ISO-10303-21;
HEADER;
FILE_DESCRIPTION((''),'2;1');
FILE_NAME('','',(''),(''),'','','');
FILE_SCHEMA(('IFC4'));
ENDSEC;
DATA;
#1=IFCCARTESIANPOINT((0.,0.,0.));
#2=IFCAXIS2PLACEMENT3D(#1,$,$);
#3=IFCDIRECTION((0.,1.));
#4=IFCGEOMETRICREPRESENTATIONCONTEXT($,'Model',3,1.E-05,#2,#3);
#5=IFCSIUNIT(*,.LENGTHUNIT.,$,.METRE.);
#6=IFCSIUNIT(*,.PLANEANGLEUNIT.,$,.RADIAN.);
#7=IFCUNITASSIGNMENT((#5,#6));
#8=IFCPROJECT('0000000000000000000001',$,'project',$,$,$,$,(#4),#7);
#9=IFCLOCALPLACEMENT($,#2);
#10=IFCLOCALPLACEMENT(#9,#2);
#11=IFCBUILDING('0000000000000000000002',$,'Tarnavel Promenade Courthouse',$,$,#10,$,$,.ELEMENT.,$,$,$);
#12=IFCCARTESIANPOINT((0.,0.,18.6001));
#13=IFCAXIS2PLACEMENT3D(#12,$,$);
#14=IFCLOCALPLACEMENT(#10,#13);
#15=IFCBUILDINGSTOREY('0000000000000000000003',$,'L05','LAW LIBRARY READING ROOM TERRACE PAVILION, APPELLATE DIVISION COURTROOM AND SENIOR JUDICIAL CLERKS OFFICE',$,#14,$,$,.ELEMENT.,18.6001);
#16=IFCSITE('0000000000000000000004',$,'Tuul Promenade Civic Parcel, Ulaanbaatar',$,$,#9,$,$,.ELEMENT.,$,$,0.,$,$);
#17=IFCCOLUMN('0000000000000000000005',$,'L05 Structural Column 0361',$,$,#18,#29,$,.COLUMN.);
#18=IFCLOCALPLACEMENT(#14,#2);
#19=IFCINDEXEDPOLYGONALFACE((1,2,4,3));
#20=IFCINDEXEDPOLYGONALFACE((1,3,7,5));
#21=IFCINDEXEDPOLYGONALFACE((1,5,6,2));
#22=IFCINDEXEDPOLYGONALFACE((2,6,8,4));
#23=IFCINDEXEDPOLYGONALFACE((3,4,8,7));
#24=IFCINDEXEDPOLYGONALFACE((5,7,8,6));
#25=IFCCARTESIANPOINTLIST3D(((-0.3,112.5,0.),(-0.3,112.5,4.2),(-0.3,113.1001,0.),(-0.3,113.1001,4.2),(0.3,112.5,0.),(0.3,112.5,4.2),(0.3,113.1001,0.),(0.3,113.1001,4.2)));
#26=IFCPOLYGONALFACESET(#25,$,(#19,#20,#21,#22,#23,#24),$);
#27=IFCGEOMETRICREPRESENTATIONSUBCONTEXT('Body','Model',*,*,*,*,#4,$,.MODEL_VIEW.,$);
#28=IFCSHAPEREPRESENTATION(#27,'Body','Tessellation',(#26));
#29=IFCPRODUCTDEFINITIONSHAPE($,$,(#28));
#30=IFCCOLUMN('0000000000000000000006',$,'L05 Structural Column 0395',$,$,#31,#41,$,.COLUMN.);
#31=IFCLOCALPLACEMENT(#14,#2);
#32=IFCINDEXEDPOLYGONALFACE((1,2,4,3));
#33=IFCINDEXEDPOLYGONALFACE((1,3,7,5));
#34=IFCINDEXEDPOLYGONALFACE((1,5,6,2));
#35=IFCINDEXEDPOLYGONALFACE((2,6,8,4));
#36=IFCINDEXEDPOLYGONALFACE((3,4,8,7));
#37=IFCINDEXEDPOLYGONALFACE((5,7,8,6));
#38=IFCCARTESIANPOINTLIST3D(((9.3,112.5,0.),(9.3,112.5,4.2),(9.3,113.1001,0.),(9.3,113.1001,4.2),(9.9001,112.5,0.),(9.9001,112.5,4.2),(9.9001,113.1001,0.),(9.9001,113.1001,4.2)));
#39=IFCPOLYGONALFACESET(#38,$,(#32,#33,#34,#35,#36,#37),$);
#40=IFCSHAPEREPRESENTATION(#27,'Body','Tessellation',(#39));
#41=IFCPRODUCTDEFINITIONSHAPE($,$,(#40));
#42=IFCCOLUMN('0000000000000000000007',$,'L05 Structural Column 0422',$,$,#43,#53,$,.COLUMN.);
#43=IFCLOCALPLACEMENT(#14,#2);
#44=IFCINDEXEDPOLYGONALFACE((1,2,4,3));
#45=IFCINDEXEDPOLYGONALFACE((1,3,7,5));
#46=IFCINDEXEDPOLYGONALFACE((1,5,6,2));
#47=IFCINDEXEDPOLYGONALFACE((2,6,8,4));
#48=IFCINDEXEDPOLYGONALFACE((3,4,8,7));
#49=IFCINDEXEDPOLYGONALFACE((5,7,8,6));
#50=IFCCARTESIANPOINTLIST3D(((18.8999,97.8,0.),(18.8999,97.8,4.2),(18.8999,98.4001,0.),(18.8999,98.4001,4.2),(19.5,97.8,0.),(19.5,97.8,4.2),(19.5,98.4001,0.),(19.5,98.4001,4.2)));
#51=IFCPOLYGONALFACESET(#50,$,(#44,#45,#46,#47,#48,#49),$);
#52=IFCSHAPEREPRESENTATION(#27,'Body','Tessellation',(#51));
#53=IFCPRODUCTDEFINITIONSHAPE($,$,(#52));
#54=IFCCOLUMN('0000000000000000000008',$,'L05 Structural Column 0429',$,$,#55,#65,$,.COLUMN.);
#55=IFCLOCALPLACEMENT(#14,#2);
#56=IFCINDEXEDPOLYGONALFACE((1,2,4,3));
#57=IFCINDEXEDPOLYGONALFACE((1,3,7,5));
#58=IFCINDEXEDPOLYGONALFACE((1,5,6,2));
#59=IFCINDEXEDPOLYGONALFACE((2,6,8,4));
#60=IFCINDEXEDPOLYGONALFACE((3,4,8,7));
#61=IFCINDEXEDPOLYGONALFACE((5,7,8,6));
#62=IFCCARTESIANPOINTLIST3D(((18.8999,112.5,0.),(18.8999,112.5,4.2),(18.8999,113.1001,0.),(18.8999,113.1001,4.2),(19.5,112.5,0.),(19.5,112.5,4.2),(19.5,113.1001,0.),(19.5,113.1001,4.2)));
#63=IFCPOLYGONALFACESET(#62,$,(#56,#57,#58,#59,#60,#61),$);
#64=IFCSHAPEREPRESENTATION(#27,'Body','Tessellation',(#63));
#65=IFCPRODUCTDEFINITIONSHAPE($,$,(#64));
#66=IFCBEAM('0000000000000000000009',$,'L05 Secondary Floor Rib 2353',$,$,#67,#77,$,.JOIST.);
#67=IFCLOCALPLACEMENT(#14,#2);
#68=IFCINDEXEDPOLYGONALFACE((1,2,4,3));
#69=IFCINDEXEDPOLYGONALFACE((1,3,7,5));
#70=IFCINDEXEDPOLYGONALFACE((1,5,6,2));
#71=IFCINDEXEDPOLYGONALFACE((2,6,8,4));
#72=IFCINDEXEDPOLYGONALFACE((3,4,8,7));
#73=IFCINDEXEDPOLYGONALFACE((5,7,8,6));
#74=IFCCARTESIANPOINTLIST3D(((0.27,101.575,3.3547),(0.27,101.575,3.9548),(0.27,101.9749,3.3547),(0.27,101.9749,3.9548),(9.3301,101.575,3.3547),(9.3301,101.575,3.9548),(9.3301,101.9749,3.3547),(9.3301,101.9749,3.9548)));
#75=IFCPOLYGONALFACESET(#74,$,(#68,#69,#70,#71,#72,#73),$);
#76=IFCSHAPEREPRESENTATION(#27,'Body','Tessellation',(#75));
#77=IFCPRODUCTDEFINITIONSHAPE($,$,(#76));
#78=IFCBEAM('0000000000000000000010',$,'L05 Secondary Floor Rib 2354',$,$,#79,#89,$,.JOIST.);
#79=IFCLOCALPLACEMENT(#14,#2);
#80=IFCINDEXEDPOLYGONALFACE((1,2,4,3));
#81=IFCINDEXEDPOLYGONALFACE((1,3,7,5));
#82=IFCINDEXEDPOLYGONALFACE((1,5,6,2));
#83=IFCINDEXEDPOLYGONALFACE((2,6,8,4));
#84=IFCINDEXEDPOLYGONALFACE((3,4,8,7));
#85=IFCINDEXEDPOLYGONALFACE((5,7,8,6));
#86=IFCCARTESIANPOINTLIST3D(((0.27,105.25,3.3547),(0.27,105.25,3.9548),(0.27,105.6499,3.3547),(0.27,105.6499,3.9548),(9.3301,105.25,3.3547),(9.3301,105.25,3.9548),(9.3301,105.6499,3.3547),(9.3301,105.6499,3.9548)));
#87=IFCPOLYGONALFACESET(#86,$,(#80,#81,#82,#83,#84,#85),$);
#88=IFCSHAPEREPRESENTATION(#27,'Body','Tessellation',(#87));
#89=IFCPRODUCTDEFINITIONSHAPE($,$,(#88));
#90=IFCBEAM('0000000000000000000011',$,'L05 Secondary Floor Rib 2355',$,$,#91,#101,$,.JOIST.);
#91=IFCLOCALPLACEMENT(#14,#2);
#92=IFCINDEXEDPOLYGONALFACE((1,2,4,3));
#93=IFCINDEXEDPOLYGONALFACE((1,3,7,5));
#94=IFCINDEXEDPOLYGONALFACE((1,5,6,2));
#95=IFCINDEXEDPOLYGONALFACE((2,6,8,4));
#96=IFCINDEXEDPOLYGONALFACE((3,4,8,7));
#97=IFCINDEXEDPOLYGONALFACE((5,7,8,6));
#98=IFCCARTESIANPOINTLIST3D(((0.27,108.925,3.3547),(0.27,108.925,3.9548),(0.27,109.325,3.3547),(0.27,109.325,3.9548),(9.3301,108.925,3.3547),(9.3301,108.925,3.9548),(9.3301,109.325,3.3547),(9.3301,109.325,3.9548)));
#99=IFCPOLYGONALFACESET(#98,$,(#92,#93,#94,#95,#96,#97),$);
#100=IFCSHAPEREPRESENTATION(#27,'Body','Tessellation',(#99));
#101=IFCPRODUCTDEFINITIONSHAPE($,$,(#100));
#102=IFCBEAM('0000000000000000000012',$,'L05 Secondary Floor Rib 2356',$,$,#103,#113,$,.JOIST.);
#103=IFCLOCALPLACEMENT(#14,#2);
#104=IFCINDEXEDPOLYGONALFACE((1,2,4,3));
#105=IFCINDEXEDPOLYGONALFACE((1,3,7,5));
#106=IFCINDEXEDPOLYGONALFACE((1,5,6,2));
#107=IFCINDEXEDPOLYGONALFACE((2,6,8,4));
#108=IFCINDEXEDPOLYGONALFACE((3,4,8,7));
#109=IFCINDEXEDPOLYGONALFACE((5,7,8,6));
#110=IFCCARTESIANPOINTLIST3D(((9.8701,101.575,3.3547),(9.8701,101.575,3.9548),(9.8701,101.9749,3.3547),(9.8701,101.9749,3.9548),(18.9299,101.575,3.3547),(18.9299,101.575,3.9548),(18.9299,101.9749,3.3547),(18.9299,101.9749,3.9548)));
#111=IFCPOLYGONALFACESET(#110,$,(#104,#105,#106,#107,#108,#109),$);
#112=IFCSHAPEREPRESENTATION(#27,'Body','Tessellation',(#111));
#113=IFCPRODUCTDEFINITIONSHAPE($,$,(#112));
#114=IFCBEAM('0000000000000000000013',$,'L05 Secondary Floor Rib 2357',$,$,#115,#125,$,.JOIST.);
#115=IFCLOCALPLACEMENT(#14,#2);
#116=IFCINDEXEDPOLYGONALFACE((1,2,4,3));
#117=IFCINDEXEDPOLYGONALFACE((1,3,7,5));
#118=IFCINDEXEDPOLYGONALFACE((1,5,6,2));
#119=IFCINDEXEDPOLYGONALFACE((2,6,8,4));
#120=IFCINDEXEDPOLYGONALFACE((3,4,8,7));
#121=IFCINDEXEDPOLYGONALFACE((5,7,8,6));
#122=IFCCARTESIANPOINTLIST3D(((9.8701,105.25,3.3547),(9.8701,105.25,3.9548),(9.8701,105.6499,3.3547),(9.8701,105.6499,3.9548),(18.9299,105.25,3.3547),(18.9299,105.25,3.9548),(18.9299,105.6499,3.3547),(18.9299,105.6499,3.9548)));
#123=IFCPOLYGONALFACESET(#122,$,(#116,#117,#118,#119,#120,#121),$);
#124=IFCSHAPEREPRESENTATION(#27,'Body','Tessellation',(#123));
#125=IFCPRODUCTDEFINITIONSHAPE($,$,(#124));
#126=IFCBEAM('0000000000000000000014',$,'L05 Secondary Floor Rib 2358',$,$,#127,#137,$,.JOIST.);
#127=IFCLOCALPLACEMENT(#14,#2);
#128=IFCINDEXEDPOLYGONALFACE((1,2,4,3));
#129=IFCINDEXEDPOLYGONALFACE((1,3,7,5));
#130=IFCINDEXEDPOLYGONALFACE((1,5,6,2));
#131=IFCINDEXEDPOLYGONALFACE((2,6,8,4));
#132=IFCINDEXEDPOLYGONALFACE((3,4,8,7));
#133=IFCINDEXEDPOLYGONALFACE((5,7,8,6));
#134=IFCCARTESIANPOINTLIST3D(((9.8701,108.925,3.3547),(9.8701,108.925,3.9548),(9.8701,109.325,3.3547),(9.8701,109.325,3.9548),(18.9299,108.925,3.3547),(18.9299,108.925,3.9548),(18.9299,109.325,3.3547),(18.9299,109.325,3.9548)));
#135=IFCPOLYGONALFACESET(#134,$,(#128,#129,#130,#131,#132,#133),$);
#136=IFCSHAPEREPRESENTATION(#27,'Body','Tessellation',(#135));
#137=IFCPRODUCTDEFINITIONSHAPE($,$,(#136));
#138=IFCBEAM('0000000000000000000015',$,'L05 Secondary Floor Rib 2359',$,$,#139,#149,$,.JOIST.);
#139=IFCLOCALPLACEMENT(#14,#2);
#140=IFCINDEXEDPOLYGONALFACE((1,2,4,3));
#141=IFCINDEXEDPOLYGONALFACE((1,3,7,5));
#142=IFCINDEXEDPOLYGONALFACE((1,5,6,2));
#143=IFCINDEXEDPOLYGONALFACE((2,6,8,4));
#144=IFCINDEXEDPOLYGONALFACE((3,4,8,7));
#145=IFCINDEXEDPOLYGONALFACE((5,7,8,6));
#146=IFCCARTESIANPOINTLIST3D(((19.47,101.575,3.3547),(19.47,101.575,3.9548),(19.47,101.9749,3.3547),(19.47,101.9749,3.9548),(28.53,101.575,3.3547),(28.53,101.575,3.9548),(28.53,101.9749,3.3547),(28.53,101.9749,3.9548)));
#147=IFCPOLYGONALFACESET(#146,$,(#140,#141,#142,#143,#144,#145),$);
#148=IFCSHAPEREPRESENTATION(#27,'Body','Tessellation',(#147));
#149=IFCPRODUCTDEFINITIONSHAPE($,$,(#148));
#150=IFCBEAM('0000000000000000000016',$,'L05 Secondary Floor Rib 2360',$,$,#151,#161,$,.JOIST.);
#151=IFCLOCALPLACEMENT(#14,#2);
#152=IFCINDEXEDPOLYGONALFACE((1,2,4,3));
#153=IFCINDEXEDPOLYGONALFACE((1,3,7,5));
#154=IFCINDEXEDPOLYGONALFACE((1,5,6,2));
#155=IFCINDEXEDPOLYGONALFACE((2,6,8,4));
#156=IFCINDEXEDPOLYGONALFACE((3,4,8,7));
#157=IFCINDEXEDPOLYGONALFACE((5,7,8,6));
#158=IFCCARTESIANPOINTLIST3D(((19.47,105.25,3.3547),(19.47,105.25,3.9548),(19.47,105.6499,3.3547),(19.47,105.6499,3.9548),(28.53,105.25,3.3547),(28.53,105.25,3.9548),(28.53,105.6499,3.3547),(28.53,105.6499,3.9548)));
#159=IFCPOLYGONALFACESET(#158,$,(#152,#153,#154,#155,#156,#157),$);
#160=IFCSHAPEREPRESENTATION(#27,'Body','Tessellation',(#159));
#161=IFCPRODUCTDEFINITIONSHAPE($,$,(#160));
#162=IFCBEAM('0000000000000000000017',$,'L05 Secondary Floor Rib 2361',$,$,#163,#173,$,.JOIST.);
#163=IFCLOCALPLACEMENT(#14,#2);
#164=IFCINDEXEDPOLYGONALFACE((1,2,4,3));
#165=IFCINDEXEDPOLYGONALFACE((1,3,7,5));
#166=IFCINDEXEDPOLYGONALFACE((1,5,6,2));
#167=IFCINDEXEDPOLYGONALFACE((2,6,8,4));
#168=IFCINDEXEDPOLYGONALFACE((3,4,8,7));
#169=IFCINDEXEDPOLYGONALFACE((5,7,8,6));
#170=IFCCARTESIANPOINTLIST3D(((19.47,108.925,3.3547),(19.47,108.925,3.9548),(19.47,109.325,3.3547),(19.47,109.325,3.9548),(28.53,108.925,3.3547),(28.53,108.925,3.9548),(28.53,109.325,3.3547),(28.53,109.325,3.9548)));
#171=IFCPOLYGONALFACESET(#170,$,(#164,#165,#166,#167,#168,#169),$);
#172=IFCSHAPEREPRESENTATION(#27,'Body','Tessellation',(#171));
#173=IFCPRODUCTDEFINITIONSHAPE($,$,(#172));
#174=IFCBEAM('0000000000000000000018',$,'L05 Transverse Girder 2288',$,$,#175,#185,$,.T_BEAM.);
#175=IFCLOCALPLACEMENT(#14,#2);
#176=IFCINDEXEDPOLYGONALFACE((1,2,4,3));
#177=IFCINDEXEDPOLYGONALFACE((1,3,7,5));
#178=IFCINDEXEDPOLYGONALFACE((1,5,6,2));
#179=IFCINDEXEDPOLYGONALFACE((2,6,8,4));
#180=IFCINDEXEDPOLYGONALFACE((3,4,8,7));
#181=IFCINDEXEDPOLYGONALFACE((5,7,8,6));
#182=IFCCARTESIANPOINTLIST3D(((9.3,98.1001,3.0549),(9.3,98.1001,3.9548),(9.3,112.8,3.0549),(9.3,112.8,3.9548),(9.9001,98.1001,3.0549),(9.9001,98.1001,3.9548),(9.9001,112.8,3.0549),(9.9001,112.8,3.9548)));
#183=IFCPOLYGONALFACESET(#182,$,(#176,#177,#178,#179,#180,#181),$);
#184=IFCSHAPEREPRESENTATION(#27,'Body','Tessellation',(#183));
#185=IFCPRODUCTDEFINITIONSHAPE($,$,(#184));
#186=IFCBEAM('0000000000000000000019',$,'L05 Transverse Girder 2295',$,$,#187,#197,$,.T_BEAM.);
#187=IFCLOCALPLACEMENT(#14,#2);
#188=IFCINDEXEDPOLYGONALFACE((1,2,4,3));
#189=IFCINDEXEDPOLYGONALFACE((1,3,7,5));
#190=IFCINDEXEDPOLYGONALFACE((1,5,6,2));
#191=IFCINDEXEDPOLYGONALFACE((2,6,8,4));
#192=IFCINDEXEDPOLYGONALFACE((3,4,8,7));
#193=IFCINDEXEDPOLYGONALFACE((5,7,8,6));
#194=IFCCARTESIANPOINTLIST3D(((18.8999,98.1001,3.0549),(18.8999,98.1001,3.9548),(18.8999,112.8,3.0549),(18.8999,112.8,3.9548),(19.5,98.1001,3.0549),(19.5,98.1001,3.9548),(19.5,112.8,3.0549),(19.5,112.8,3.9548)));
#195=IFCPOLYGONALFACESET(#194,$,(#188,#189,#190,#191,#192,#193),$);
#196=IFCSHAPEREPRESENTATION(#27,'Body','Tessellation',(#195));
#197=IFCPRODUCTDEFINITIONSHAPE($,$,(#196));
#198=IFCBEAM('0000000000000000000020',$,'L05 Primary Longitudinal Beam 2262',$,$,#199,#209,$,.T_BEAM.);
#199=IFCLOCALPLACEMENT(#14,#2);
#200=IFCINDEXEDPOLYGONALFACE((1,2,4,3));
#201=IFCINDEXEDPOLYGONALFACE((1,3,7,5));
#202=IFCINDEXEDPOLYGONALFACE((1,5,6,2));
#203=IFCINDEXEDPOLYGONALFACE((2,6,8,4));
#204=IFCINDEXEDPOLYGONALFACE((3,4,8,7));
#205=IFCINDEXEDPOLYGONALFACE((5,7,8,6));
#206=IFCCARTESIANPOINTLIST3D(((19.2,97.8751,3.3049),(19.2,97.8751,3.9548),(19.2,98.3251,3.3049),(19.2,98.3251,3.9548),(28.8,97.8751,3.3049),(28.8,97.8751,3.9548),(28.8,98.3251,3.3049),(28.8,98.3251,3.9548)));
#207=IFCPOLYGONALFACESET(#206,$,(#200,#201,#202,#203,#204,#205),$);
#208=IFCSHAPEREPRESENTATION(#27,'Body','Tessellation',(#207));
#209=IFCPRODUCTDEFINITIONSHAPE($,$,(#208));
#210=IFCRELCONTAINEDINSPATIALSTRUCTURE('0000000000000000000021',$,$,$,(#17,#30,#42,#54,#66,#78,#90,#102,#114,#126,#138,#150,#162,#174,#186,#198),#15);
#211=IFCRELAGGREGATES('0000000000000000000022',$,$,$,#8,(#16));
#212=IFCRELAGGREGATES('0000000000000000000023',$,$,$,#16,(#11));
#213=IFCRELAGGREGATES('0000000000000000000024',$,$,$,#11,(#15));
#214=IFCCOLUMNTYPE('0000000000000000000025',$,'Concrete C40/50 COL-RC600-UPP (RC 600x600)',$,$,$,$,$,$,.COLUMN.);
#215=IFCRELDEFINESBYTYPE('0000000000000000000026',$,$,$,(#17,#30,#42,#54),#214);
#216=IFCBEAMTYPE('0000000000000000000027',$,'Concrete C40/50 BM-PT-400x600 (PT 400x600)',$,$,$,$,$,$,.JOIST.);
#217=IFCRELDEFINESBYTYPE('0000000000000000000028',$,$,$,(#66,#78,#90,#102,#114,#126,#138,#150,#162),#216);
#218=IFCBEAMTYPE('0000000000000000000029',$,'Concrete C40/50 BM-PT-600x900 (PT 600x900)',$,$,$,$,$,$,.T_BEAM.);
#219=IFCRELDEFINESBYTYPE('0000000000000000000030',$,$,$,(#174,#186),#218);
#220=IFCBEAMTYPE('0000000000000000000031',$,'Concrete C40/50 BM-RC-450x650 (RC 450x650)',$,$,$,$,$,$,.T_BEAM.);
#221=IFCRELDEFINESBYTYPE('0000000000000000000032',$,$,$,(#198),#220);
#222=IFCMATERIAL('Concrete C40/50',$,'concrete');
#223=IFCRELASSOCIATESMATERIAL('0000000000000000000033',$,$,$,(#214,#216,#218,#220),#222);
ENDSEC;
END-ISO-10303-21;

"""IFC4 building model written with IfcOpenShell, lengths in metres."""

from ifc_helpers import new_model, si_unit, direction, frame, origin, origin_2d, place, context, subcontext, project, spatial, rectangle, extrude, material, material_profile, profile_set, type_object, element, save


model = new_model("IFC4")

# Units and contexts
model_context = context("Model", 3, precision=1e-05, world=origin(), true_north=direction((0.0, 1.0)))
body_context = subcontext(model_context, "Body", "Model", "MODEL_VIEW")
ifc_project = project(units=[si_unit("LENGTHUNIT", "METRE"), si_unit("PLANEANGLEUNIT", "RADIAN")], contexts=[model_context])

# Site, building, storey
site_placement = place(None, origin())
site = spatial("IfcSite", under=ifc_project, at=site_placement, Name="Tuul Promenade Civic Parcel, Ulaanbaatar", CompositionType="ELEMENT", RefElevation=0.0)
building_placement = place(site_placement, origin())
building = spatial("IfcBuilding", under=site, at=building_placement, Name="Tarnavel Promenade Courthouse", CompositionType="ELEMENT")
storey_placement = place(building_placement, frame((0.0, 0.0, 18.6001)))
storey = spatial("IfcBuildingStorey", under=building, at=storey_placement, Name="L05", Description="LAW LIBRARY READING ROOM TERRACE PAVILION, APPELLATE DIVISION COURTROOM AND SENIOR JUDICIAL CLERKS OFFICE", CompositionType="ELEMENT", Elevation=18.6001)

# Columns
ifc_material_1 = material(Name="Concrete C40/50", Category="concrete")
ifc_material_profile_1 = material_profile(ifc_material_1, rectangle(XDim=0.6001, YDim=0.6001, at=origin_2d()), Name="RC 600x600")
ifc_profile_set_1 = profile_set([ifc_material_profile_1], Name="Concrete C40/50")
column_type = type_object("IfcColumnType", Name="Concrete C40/50 COL-RC600-UPP (RC 600x600)", PredefinedType="COLUMN", material=ifc_profile_set_1)
for number, where, z_axis, x_axis, name in (
    (1, (0.0, 112.8, 0.0), (0.0, 0.0, 1.0), (1.0, 0.0, 0.0), "L05 Structural Column 0361"),
    (2, (9.6001, 112.8, 0.0), (0.0, 0.0, 1.0), (1.0, 0.0, 0.0), "L05 Structural Column 0395"),
    (3, (19.2, 98.1001, 0.0), (0.0, 0.0, 1.0), (1.0, 0.0, 0.0), "L05 Structural Column 0422"),
    (4, (19.2, 112.8, 0.0), (0.0, 0.0, 1.0), (1.0, 0.0, 0.0), "L05 Structural Column 0429"),
):
    element("IfcColumn", number, at=place(storey_placement, frame(where, z_axis=z_axis, x_axis=x_axis)), inside=storey, type_object=column_type, Name=name, PredefinedType="COLUMN", context=body_context, shape_type="SweptSolid", body=[
        extrude(rectangle(XDim=0.6001, YDim=0.6001, at=origin_2d()), origin(), (0.0, 0.0, 1.0), 4.2),
    ])

# Beams
ifc_material_profile_2 = material_profile(ifc_material_1, rectangle(XDim=0.3999, YDim=0.6001, at=origin_2d()), Name="PT 400x600")
ifc_profile_set_2 = profile_set([ifc_material_profile_2], Name="Concrete C40/50")
beam_type_1 = type_object("IfcBeamType", Name="Concrete C40/50 BM-PT-400x600 (PT 400x600)", PredefinedType="JOIST", material=ifc_profile_set_2)
for number, where, z_axis, x_axis, name in (
    (5, (0.27, 101.7749, 3.6548), (1.0, 0.0, 0.0), (0.0, 1.0, 0.0), "L05 Secondary Floor Rib 2353"),
    (6, (0.27, 105.45, 3.6548), (1.0, 0.0, 0.0), (0.0, 1.0, 0.0), "L05 Secondary Floor Rib 2354"),
    (7, (0.27, 109.125, 3.6548), (1.0, 0.0, 0.0), (0.0, 1.0, 0.0), "L05 Secondary Floor Rib 2355"),
):
    element("IfcBeam", number, at=place(storey_placement, frame(where, z_axis=z_axis, x_axis=x_axis)), inside=storey, type_object=beam_type_1, Name=name, PredefinedType="JOIST", context=body_context, shape_type="SweptSolid", body=[
        extrude(rectangle(XDim=0.3999, YDim=0.6001, at=origin_2d()), origin(), (0.0, 0.0, 1.0), 9.0601),
    ])
for number, where, z_axis, x_axis, name in (
    (8, (9.8701, 101.7749, 3.6548), (1.0, 0.0, 0.0), (0.0, 1.0, 0.0), "L05 Secondary Floor Rib 2356"),
    (9, (9.8701, 105.45, 3.6548), (1.0, 0.0, 0.0), (0.0, 1.0, 0.0), "L05 Secondary Floor Rib 2357"),
    (10, (9.8701, 109.125, 3.6548), (1.0, 0.0, 0.0), (0.0, 1.0, 0.0), "L05 Secondary Floor Rib 2358"),
):
    element("IfcBeam", number, at=place(storey_placement, frame(where, z_axis=z_axis, x_axis=x_axis)), inside=storey, type_object=beam_type_1, Name=name, PredefinedType="JOIST", context=body_context, shape_type="SweptSolid", body=[
        extrude(rectangle(XDim=0.3999, YDim=0.6001, at=origin_2d()), origin(), (0.0, 0.0, 1.0), 9.0598),
    ])
for number, where, z_axis, x_axis, name in (
    (11, (19.47, 101.7749, 3.6548), (1.0, 0.0, 0.0), (0.0, 1.0, 0.0), "L05 Secondary Floor Rib 2359"),
    (12, (19.47, 105.45, 3.6548), (1.0, 0.0, 0.0), (0.0, 1.0, 0.0), "L05 Secondary Floor Rib 2360"),
    (13, (19.47, 109.125, 3.6548), (1.0, 0.0, 0.0), (0.0, 1.0, 0.0), "L05 Secondary Floor Rib 2361"),
):
    element("IfcBeam", number, at=place(storey_placement, frame(where, z_axis=z_axis, x_axis=x_axis)), inside=storey, type_object=beam_type_1, Name=name, PredefinedType="JOIST", context=body_context, shape_type="SweptSolid", body=[
        extrude(rectangle(XDim=0.3999, YDim=0.6001, at=origin_2d()), origin(), (0.0, 0.0, 1.0), 9.0601),
    ])
ifc_material_profile_3 = material_profile(ifc_material_1, rectangle(XDim=0.6001, YDim=0.8999, at=origin_2d()), Name="PT 600x900")
ifc_profile_set_3 = profile_set([ifc_material_profile_3], Name="Concrete C40/50")
beam_type_2 = type_object("IfcBeamType", Name="Concrete C40/50 BM-PT-600x900 (PT 600x900)", PredefinedType="T_BEAM", material=ifc_profile_set_3)
for number, where, z_axis, x_axis, name in (
    (14, (9.6001, 98.1001, 3.5049), (0.0, 1.0, 0.0), (-1.0, 0.0, 0.0), "L05 Transverse Girder 2288"),
    (15, (19.2, 98.1001, 3.5049), (0.0, 1.0, 0.0), (-1.0, 0.0, 0.0), "L05 Transverse Girder 2295"),
):
    element("IfcBeam", number, at=place(storey_placement, frame(where, z_axis=z_axis, x_axis=x_axis)), inside=storey, type_object=beam_type_2, Name=name, PredefinedType="T_BEAM", context=body_context, shape_type="SweptSolid", body=[
        extrude(rectangle(XDim=0.6001, YDim=0.8999, at=origin_2d()), origin(), (0.0, 0.0, 1.0), 14.7),
    ])
ifc_material_profile_4 = material_profile(ifc_material_1, rectangle(XDim=0.45, YDim=0.6499, at=origin_2d()), Name="RC 450x650")
ifc_profile_set_4 = profile_set([ifc_material_profile_4], Name="Concrete C40/50")
beam_type_3 = type_object("IfcBeamType", Name="Concrete C40/50 BM-RC-450x650 (RC 450x650)", PredefinedType="T_BEAM", material=ifc_profile_set_4)
beam_1_placement = place(storey_placement, frame((19.2, 98.1001, 3.6299), z_axis=(1.0, 0.0, 0.0), x_axis=(0.0, 1.0, 0.0)))
element("IfcBeam", 16, at=beam_1_placement, inside=storey, type_object=beam_type_3, Name="L05 Primary Longitudinal Beam 2262", PredefinedType="T_BEAM", context=body_context, shape_type="SweptSolid", body=[
    extrude(rectangle(XDim=0.45, YDim=0.6499, at=origin_2d()), origin(), (0.0, 0.0, 1.0), 9.6001),
])

save(model, "model.ifc")
